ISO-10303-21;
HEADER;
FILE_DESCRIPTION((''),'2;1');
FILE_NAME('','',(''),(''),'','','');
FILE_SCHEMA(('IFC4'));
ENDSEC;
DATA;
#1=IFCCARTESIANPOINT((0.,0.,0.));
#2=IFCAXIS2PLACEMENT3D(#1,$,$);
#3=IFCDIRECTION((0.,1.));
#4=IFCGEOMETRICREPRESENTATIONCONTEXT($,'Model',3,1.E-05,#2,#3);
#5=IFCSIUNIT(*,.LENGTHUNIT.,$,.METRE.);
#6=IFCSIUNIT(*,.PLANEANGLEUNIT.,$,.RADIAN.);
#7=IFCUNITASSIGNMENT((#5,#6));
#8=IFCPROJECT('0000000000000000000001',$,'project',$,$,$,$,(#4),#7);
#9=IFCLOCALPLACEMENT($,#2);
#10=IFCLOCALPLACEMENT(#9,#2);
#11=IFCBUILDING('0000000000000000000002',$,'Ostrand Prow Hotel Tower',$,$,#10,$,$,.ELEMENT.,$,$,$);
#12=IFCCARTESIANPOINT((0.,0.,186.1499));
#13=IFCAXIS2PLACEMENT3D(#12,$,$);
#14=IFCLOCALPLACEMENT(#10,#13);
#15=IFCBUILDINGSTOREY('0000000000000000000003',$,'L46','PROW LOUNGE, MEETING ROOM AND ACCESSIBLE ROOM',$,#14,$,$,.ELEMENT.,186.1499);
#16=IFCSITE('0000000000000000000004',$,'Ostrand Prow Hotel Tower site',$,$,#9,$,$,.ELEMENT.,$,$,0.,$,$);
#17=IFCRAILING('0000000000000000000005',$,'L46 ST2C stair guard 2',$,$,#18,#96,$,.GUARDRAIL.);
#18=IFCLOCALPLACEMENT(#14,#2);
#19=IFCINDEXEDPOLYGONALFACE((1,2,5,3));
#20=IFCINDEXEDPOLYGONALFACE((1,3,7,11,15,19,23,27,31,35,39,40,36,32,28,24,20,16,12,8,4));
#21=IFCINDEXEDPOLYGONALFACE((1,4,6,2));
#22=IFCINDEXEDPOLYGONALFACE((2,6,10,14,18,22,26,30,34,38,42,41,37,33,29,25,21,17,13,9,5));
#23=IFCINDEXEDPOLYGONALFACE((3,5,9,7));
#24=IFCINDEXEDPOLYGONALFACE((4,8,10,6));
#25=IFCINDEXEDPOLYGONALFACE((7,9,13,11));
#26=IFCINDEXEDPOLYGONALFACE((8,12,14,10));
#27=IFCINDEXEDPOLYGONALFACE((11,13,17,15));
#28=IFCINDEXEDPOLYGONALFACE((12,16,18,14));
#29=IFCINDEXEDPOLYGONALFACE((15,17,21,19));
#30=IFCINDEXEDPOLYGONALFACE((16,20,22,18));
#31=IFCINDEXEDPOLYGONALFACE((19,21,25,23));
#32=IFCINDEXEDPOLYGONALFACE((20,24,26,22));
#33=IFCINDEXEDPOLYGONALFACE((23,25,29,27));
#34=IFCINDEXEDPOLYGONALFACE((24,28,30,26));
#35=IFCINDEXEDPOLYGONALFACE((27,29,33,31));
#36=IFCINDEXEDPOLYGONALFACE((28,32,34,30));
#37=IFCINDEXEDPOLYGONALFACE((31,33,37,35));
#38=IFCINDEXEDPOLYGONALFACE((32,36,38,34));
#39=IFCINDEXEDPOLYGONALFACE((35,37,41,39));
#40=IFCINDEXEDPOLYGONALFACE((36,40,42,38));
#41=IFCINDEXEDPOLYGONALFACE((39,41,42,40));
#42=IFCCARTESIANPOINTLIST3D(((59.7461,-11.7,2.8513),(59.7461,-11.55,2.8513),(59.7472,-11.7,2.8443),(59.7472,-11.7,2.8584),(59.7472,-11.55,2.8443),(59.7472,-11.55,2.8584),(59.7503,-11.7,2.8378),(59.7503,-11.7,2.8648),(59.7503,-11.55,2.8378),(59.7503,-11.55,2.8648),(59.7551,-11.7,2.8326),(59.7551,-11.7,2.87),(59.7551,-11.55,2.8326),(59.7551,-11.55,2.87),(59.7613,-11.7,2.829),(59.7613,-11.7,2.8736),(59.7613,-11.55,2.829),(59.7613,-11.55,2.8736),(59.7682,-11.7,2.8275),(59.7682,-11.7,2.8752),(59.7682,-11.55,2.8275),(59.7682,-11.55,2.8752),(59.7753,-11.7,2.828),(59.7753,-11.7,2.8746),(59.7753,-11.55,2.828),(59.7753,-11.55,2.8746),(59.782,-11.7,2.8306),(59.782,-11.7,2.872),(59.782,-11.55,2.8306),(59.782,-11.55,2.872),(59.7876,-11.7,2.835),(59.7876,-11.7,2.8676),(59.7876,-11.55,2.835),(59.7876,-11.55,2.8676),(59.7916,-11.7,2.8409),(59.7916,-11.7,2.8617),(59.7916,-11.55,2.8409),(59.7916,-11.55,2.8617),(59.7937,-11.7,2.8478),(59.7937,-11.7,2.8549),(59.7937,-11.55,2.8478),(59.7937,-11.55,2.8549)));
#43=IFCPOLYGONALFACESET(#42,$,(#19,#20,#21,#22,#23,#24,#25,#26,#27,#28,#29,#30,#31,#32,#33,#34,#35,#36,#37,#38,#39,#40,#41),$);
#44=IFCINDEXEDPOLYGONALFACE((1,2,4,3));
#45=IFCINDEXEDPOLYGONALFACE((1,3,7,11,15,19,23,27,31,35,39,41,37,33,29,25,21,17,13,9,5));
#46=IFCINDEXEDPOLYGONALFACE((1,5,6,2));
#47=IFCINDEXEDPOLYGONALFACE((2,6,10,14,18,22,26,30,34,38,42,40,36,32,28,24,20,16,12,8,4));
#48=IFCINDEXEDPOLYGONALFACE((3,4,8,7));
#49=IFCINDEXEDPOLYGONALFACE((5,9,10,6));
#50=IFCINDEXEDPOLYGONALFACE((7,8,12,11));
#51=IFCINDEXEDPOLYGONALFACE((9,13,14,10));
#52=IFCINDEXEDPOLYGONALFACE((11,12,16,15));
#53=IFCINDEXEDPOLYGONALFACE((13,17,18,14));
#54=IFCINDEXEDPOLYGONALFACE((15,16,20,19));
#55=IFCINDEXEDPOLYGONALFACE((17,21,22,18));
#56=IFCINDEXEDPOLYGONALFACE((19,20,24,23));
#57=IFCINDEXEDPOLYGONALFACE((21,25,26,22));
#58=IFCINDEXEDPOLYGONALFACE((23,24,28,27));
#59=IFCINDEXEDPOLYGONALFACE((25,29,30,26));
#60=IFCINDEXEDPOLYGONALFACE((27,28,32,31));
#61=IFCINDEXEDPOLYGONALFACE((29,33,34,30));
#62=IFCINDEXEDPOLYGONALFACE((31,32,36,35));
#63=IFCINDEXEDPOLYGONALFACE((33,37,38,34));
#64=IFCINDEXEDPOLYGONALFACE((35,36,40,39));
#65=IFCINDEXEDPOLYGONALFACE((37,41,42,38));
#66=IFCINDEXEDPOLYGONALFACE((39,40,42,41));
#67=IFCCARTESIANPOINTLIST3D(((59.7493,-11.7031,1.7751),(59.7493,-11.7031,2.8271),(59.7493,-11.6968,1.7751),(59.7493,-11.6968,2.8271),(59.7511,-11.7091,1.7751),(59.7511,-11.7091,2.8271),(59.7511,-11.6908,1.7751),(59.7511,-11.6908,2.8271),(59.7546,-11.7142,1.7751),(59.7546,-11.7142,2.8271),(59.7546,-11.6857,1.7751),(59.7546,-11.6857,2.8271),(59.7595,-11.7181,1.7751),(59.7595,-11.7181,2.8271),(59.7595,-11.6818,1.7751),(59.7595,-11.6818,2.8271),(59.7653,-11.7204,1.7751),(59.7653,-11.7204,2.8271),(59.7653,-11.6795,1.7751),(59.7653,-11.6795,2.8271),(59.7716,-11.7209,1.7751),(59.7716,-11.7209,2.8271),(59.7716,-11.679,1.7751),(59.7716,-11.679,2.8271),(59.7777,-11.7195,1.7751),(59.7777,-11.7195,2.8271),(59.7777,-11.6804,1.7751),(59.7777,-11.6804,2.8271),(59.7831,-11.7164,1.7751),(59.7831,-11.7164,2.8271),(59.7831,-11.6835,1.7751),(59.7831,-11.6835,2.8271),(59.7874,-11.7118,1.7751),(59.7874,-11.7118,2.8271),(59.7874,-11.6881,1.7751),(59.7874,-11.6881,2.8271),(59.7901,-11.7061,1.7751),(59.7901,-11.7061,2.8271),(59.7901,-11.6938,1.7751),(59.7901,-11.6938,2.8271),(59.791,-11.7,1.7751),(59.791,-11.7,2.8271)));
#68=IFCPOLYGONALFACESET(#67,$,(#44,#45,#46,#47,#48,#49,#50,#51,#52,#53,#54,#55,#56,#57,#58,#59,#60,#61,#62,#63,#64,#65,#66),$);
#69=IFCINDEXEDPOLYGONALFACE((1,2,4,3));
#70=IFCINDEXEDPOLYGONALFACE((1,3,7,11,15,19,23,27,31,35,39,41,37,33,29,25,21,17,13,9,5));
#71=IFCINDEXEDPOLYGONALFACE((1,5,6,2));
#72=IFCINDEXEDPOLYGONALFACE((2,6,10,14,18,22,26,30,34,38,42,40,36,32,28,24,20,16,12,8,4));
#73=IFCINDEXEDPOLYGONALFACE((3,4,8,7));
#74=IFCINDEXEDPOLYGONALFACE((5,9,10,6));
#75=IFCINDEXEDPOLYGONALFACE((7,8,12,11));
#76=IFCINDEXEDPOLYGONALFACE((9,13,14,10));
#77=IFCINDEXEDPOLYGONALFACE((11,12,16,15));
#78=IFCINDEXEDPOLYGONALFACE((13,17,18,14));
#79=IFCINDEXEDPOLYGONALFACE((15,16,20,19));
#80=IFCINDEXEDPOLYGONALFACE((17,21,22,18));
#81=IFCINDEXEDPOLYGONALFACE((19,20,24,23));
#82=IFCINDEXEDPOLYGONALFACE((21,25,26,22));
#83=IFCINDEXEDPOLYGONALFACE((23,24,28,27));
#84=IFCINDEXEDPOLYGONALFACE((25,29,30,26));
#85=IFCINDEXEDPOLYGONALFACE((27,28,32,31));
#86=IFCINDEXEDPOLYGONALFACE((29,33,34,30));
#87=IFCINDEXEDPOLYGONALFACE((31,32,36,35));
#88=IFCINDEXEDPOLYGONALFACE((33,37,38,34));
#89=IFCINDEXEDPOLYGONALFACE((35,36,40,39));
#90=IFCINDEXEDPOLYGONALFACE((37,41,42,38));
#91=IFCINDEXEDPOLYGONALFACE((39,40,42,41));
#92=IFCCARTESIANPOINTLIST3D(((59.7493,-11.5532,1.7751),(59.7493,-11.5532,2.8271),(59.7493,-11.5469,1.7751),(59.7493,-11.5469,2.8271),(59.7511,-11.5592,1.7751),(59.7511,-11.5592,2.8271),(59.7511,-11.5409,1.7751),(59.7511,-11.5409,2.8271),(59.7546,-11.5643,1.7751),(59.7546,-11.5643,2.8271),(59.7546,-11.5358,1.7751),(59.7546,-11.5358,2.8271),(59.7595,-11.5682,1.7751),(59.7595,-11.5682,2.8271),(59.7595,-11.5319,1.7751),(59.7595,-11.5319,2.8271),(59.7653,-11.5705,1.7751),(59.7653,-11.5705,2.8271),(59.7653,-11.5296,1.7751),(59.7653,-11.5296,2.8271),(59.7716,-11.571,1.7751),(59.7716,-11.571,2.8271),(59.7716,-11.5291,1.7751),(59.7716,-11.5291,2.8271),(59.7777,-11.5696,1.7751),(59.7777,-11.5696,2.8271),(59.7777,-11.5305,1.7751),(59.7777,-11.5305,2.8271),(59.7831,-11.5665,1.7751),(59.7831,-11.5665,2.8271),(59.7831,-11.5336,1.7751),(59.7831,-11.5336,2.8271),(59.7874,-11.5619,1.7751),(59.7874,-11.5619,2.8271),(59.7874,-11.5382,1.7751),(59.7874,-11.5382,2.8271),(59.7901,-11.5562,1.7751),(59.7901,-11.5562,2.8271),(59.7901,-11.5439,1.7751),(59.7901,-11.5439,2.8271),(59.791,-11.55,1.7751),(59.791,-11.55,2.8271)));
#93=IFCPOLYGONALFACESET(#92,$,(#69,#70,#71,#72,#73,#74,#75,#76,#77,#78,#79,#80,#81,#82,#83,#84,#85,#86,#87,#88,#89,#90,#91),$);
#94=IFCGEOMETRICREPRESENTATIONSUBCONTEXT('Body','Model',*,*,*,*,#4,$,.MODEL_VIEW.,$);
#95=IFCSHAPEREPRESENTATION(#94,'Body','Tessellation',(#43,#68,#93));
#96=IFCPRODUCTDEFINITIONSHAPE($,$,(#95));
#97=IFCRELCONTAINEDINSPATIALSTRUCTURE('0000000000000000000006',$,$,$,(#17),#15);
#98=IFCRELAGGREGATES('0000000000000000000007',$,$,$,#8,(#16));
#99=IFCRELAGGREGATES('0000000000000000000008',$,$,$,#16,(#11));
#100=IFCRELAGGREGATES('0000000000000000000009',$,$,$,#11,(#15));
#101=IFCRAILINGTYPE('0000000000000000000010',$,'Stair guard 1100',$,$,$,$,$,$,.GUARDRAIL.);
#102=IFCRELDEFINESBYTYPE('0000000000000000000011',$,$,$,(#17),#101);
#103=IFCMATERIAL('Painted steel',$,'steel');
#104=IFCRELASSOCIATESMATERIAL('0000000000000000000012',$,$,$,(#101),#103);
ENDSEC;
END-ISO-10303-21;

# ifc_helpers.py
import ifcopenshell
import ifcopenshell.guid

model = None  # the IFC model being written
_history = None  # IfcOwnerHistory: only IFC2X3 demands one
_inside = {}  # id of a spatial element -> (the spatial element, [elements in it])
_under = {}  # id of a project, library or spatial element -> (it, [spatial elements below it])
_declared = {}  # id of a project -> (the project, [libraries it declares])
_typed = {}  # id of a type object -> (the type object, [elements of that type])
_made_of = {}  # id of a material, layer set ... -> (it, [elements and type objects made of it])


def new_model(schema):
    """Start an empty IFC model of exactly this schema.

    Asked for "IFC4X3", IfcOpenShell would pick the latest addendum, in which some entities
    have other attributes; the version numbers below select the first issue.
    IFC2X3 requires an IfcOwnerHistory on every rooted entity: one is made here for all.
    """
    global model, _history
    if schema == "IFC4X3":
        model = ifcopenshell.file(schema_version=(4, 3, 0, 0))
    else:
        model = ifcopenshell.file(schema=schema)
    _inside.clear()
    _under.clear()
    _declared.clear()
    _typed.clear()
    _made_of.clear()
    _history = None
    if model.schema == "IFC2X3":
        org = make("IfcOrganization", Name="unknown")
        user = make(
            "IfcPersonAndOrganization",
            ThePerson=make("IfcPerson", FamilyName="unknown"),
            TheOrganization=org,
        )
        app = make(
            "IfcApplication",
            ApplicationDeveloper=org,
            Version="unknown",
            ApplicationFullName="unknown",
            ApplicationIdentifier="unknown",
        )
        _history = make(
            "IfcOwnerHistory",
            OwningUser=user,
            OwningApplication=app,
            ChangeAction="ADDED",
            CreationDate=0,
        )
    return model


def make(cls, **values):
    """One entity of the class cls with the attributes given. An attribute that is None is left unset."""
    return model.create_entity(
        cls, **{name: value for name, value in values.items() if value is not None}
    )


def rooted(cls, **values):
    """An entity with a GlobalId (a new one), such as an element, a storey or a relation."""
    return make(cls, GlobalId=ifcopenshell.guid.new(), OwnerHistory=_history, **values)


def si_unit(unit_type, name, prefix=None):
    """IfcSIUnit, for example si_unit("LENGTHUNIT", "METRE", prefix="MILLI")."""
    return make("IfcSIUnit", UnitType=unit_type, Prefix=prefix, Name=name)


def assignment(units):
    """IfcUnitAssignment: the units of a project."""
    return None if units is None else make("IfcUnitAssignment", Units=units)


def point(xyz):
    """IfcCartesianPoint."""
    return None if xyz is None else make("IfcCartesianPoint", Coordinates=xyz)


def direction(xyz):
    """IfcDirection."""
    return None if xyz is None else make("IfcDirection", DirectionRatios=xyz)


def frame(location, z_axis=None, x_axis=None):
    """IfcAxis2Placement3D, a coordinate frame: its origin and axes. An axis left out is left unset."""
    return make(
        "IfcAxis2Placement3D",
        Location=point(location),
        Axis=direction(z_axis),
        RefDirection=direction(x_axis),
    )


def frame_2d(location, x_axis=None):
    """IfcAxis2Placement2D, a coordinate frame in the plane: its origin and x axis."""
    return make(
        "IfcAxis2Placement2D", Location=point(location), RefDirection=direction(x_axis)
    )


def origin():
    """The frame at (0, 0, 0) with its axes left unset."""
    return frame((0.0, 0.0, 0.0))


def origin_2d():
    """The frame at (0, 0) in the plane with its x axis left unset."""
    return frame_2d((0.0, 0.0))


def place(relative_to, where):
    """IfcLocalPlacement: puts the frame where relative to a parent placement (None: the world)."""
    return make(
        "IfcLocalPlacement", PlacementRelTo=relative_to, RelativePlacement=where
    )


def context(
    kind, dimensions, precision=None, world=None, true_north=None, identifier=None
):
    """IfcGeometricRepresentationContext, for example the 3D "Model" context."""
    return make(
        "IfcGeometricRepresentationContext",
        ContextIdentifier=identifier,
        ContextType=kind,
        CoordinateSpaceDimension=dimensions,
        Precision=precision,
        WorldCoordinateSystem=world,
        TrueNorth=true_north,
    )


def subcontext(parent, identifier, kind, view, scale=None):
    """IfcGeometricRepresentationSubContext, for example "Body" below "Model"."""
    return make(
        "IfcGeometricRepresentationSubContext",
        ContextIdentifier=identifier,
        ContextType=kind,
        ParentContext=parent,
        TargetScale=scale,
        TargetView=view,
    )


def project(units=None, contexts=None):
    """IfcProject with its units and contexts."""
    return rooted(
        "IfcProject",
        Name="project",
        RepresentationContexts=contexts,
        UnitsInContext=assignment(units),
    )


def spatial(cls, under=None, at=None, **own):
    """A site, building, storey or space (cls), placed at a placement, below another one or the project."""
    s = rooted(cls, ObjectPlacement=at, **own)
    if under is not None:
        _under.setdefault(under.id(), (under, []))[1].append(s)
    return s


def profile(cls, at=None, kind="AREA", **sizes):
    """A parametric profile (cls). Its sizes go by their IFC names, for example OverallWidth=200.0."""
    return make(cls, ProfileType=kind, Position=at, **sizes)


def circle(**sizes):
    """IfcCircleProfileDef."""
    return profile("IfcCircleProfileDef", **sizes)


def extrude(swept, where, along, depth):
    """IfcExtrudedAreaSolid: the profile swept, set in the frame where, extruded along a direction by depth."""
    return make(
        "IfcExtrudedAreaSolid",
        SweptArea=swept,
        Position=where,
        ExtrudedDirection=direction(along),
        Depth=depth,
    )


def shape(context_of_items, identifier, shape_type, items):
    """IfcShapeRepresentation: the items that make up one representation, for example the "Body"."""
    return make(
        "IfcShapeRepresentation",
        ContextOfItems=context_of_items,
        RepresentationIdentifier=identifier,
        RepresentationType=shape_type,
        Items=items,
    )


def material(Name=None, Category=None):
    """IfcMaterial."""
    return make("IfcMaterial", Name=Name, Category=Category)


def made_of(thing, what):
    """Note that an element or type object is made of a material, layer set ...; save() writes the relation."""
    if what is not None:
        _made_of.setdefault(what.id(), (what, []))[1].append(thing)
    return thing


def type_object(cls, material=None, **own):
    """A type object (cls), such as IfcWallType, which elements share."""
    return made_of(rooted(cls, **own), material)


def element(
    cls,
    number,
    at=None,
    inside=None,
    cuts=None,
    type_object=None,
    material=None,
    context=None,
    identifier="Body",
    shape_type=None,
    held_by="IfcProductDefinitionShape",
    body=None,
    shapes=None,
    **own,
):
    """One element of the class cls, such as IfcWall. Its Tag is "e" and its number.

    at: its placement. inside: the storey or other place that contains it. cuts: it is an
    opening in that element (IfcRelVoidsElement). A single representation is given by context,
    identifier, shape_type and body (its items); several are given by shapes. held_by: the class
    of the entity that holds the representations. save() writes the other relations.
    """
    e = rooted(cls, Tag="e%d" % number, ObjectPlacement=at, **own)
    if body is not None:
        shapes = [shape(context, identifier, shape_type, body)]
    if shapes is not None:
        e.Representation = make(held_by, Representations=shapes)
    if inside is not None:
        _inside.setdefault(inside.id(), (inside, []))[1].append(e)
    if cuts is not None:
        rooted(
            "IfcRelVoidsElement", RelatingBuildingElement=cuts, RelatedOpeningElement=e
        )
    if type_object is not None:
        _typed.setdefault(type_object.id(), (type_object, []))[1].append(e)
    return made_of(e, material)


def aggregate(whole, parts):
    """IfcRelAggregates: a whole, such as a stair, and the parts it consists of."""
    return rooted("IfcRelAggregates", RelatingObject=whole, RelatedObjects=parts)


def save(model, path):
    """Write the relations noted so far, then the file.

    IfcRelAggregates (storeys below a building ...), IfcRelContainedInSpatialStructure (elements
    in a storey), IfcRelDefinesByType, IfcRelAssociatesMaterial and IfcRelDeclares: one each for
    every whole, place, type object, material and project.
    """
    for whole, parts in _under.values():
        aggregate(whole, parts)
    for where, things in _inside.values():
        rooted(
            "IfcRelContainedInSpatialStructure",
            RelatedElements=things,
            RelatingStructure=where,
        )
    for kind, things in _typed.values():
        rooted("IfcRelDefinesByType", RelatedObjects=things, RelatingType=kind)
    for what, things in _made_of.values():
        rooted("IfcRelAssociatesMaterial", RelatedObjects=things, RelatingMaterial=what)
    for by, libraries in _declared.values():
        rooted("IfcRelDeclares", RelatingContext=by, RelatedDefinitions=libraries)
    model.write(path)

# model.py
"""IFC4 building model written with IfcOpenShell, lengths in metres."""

from ifc_helpers import new_model, si_unit, direction, frame, origin, origin_2d, place, context, subcontext, project, spatial, circle, extrude, material, type_object, element, save


model = new_model("IFC4")

# Units and contexts
model_context = context("Model", 3, precision=1e-05, world=origin(), true_north=direction((0.0, 1.0)))
body_context = subcontext(model_context, "Body", "Model", "MODEL_VIEW")
ifc_project = project(units=[si_unit("LENGTHUNIT", "METRE"), si_unit("PLANEANGLEUNIT", "RADIAN")], contexts=[model_context])

# Site, building, storey
site_placement = place(None, origin())
site = spatial("IfcSite", under=ifc_project, at=site_placement, Name="Ostrand Prow Hotel Tower site", CompositionType="ELEMENT", RefElevation=0.0)
building_placement = place(site_placement, origin())
building = spatial("IfcBuilding", under=site, at=building_placement, Name="Ostrand Prow Hotel Tower", CompositionType="ELEMENT")
storey_placement = place(building_placement, frame((0.0, 0.0, 186.1499)))
storey = spatial("IfcBuildingStorey", under=building, at=storey_placement, Name="L46", Description="PROW LOUNGE, MEETING ROOM AND ACCESSIBLE ROOM", CompositionType="ELEMENT", Elevation=186.1499)

# Railing
ifc_material_1 = material(Name="Painted steel", Category="steel")
railing_type_1 = type_object("IfcRailingType", Name="Stair guard 1100", PredefinedType="GUARDRAIL", material=ifc_material_1)
railing_1_placement = place(storey_placement, frame((59.77, -11.7, 1.7751)))
element("IfcRailing", 1, at=railing_1_placement, inside=storey, type_object=railing_type_1, Name="L46 ST2C stair guard 2", PredefinedType="GUARDRAIL", context=body_context, shape_type="SweptSolid", body=[
    extrude(circle(Radius=0.0239, at=origin_2d()), frame((0.0, 0.0, 1.0762), z_axis=(0.0, 1.0, 0.0), x_axis=(-1.0, 0.0, 0.0)), (0.0, 0.0, 1.0), 0.1499),
    extrude(circle(Radius=0.021, at=origin_2d()), origin(), (0.0, 0.0, 1.0), 1.052),
    extrude(circle(Radius=0.021, at=origin_2d()), frame((0.0, 0.1499, 0.0)), (0.0, 0.0, 1.0), 1.052),
])

save(model, "model.ifc")
